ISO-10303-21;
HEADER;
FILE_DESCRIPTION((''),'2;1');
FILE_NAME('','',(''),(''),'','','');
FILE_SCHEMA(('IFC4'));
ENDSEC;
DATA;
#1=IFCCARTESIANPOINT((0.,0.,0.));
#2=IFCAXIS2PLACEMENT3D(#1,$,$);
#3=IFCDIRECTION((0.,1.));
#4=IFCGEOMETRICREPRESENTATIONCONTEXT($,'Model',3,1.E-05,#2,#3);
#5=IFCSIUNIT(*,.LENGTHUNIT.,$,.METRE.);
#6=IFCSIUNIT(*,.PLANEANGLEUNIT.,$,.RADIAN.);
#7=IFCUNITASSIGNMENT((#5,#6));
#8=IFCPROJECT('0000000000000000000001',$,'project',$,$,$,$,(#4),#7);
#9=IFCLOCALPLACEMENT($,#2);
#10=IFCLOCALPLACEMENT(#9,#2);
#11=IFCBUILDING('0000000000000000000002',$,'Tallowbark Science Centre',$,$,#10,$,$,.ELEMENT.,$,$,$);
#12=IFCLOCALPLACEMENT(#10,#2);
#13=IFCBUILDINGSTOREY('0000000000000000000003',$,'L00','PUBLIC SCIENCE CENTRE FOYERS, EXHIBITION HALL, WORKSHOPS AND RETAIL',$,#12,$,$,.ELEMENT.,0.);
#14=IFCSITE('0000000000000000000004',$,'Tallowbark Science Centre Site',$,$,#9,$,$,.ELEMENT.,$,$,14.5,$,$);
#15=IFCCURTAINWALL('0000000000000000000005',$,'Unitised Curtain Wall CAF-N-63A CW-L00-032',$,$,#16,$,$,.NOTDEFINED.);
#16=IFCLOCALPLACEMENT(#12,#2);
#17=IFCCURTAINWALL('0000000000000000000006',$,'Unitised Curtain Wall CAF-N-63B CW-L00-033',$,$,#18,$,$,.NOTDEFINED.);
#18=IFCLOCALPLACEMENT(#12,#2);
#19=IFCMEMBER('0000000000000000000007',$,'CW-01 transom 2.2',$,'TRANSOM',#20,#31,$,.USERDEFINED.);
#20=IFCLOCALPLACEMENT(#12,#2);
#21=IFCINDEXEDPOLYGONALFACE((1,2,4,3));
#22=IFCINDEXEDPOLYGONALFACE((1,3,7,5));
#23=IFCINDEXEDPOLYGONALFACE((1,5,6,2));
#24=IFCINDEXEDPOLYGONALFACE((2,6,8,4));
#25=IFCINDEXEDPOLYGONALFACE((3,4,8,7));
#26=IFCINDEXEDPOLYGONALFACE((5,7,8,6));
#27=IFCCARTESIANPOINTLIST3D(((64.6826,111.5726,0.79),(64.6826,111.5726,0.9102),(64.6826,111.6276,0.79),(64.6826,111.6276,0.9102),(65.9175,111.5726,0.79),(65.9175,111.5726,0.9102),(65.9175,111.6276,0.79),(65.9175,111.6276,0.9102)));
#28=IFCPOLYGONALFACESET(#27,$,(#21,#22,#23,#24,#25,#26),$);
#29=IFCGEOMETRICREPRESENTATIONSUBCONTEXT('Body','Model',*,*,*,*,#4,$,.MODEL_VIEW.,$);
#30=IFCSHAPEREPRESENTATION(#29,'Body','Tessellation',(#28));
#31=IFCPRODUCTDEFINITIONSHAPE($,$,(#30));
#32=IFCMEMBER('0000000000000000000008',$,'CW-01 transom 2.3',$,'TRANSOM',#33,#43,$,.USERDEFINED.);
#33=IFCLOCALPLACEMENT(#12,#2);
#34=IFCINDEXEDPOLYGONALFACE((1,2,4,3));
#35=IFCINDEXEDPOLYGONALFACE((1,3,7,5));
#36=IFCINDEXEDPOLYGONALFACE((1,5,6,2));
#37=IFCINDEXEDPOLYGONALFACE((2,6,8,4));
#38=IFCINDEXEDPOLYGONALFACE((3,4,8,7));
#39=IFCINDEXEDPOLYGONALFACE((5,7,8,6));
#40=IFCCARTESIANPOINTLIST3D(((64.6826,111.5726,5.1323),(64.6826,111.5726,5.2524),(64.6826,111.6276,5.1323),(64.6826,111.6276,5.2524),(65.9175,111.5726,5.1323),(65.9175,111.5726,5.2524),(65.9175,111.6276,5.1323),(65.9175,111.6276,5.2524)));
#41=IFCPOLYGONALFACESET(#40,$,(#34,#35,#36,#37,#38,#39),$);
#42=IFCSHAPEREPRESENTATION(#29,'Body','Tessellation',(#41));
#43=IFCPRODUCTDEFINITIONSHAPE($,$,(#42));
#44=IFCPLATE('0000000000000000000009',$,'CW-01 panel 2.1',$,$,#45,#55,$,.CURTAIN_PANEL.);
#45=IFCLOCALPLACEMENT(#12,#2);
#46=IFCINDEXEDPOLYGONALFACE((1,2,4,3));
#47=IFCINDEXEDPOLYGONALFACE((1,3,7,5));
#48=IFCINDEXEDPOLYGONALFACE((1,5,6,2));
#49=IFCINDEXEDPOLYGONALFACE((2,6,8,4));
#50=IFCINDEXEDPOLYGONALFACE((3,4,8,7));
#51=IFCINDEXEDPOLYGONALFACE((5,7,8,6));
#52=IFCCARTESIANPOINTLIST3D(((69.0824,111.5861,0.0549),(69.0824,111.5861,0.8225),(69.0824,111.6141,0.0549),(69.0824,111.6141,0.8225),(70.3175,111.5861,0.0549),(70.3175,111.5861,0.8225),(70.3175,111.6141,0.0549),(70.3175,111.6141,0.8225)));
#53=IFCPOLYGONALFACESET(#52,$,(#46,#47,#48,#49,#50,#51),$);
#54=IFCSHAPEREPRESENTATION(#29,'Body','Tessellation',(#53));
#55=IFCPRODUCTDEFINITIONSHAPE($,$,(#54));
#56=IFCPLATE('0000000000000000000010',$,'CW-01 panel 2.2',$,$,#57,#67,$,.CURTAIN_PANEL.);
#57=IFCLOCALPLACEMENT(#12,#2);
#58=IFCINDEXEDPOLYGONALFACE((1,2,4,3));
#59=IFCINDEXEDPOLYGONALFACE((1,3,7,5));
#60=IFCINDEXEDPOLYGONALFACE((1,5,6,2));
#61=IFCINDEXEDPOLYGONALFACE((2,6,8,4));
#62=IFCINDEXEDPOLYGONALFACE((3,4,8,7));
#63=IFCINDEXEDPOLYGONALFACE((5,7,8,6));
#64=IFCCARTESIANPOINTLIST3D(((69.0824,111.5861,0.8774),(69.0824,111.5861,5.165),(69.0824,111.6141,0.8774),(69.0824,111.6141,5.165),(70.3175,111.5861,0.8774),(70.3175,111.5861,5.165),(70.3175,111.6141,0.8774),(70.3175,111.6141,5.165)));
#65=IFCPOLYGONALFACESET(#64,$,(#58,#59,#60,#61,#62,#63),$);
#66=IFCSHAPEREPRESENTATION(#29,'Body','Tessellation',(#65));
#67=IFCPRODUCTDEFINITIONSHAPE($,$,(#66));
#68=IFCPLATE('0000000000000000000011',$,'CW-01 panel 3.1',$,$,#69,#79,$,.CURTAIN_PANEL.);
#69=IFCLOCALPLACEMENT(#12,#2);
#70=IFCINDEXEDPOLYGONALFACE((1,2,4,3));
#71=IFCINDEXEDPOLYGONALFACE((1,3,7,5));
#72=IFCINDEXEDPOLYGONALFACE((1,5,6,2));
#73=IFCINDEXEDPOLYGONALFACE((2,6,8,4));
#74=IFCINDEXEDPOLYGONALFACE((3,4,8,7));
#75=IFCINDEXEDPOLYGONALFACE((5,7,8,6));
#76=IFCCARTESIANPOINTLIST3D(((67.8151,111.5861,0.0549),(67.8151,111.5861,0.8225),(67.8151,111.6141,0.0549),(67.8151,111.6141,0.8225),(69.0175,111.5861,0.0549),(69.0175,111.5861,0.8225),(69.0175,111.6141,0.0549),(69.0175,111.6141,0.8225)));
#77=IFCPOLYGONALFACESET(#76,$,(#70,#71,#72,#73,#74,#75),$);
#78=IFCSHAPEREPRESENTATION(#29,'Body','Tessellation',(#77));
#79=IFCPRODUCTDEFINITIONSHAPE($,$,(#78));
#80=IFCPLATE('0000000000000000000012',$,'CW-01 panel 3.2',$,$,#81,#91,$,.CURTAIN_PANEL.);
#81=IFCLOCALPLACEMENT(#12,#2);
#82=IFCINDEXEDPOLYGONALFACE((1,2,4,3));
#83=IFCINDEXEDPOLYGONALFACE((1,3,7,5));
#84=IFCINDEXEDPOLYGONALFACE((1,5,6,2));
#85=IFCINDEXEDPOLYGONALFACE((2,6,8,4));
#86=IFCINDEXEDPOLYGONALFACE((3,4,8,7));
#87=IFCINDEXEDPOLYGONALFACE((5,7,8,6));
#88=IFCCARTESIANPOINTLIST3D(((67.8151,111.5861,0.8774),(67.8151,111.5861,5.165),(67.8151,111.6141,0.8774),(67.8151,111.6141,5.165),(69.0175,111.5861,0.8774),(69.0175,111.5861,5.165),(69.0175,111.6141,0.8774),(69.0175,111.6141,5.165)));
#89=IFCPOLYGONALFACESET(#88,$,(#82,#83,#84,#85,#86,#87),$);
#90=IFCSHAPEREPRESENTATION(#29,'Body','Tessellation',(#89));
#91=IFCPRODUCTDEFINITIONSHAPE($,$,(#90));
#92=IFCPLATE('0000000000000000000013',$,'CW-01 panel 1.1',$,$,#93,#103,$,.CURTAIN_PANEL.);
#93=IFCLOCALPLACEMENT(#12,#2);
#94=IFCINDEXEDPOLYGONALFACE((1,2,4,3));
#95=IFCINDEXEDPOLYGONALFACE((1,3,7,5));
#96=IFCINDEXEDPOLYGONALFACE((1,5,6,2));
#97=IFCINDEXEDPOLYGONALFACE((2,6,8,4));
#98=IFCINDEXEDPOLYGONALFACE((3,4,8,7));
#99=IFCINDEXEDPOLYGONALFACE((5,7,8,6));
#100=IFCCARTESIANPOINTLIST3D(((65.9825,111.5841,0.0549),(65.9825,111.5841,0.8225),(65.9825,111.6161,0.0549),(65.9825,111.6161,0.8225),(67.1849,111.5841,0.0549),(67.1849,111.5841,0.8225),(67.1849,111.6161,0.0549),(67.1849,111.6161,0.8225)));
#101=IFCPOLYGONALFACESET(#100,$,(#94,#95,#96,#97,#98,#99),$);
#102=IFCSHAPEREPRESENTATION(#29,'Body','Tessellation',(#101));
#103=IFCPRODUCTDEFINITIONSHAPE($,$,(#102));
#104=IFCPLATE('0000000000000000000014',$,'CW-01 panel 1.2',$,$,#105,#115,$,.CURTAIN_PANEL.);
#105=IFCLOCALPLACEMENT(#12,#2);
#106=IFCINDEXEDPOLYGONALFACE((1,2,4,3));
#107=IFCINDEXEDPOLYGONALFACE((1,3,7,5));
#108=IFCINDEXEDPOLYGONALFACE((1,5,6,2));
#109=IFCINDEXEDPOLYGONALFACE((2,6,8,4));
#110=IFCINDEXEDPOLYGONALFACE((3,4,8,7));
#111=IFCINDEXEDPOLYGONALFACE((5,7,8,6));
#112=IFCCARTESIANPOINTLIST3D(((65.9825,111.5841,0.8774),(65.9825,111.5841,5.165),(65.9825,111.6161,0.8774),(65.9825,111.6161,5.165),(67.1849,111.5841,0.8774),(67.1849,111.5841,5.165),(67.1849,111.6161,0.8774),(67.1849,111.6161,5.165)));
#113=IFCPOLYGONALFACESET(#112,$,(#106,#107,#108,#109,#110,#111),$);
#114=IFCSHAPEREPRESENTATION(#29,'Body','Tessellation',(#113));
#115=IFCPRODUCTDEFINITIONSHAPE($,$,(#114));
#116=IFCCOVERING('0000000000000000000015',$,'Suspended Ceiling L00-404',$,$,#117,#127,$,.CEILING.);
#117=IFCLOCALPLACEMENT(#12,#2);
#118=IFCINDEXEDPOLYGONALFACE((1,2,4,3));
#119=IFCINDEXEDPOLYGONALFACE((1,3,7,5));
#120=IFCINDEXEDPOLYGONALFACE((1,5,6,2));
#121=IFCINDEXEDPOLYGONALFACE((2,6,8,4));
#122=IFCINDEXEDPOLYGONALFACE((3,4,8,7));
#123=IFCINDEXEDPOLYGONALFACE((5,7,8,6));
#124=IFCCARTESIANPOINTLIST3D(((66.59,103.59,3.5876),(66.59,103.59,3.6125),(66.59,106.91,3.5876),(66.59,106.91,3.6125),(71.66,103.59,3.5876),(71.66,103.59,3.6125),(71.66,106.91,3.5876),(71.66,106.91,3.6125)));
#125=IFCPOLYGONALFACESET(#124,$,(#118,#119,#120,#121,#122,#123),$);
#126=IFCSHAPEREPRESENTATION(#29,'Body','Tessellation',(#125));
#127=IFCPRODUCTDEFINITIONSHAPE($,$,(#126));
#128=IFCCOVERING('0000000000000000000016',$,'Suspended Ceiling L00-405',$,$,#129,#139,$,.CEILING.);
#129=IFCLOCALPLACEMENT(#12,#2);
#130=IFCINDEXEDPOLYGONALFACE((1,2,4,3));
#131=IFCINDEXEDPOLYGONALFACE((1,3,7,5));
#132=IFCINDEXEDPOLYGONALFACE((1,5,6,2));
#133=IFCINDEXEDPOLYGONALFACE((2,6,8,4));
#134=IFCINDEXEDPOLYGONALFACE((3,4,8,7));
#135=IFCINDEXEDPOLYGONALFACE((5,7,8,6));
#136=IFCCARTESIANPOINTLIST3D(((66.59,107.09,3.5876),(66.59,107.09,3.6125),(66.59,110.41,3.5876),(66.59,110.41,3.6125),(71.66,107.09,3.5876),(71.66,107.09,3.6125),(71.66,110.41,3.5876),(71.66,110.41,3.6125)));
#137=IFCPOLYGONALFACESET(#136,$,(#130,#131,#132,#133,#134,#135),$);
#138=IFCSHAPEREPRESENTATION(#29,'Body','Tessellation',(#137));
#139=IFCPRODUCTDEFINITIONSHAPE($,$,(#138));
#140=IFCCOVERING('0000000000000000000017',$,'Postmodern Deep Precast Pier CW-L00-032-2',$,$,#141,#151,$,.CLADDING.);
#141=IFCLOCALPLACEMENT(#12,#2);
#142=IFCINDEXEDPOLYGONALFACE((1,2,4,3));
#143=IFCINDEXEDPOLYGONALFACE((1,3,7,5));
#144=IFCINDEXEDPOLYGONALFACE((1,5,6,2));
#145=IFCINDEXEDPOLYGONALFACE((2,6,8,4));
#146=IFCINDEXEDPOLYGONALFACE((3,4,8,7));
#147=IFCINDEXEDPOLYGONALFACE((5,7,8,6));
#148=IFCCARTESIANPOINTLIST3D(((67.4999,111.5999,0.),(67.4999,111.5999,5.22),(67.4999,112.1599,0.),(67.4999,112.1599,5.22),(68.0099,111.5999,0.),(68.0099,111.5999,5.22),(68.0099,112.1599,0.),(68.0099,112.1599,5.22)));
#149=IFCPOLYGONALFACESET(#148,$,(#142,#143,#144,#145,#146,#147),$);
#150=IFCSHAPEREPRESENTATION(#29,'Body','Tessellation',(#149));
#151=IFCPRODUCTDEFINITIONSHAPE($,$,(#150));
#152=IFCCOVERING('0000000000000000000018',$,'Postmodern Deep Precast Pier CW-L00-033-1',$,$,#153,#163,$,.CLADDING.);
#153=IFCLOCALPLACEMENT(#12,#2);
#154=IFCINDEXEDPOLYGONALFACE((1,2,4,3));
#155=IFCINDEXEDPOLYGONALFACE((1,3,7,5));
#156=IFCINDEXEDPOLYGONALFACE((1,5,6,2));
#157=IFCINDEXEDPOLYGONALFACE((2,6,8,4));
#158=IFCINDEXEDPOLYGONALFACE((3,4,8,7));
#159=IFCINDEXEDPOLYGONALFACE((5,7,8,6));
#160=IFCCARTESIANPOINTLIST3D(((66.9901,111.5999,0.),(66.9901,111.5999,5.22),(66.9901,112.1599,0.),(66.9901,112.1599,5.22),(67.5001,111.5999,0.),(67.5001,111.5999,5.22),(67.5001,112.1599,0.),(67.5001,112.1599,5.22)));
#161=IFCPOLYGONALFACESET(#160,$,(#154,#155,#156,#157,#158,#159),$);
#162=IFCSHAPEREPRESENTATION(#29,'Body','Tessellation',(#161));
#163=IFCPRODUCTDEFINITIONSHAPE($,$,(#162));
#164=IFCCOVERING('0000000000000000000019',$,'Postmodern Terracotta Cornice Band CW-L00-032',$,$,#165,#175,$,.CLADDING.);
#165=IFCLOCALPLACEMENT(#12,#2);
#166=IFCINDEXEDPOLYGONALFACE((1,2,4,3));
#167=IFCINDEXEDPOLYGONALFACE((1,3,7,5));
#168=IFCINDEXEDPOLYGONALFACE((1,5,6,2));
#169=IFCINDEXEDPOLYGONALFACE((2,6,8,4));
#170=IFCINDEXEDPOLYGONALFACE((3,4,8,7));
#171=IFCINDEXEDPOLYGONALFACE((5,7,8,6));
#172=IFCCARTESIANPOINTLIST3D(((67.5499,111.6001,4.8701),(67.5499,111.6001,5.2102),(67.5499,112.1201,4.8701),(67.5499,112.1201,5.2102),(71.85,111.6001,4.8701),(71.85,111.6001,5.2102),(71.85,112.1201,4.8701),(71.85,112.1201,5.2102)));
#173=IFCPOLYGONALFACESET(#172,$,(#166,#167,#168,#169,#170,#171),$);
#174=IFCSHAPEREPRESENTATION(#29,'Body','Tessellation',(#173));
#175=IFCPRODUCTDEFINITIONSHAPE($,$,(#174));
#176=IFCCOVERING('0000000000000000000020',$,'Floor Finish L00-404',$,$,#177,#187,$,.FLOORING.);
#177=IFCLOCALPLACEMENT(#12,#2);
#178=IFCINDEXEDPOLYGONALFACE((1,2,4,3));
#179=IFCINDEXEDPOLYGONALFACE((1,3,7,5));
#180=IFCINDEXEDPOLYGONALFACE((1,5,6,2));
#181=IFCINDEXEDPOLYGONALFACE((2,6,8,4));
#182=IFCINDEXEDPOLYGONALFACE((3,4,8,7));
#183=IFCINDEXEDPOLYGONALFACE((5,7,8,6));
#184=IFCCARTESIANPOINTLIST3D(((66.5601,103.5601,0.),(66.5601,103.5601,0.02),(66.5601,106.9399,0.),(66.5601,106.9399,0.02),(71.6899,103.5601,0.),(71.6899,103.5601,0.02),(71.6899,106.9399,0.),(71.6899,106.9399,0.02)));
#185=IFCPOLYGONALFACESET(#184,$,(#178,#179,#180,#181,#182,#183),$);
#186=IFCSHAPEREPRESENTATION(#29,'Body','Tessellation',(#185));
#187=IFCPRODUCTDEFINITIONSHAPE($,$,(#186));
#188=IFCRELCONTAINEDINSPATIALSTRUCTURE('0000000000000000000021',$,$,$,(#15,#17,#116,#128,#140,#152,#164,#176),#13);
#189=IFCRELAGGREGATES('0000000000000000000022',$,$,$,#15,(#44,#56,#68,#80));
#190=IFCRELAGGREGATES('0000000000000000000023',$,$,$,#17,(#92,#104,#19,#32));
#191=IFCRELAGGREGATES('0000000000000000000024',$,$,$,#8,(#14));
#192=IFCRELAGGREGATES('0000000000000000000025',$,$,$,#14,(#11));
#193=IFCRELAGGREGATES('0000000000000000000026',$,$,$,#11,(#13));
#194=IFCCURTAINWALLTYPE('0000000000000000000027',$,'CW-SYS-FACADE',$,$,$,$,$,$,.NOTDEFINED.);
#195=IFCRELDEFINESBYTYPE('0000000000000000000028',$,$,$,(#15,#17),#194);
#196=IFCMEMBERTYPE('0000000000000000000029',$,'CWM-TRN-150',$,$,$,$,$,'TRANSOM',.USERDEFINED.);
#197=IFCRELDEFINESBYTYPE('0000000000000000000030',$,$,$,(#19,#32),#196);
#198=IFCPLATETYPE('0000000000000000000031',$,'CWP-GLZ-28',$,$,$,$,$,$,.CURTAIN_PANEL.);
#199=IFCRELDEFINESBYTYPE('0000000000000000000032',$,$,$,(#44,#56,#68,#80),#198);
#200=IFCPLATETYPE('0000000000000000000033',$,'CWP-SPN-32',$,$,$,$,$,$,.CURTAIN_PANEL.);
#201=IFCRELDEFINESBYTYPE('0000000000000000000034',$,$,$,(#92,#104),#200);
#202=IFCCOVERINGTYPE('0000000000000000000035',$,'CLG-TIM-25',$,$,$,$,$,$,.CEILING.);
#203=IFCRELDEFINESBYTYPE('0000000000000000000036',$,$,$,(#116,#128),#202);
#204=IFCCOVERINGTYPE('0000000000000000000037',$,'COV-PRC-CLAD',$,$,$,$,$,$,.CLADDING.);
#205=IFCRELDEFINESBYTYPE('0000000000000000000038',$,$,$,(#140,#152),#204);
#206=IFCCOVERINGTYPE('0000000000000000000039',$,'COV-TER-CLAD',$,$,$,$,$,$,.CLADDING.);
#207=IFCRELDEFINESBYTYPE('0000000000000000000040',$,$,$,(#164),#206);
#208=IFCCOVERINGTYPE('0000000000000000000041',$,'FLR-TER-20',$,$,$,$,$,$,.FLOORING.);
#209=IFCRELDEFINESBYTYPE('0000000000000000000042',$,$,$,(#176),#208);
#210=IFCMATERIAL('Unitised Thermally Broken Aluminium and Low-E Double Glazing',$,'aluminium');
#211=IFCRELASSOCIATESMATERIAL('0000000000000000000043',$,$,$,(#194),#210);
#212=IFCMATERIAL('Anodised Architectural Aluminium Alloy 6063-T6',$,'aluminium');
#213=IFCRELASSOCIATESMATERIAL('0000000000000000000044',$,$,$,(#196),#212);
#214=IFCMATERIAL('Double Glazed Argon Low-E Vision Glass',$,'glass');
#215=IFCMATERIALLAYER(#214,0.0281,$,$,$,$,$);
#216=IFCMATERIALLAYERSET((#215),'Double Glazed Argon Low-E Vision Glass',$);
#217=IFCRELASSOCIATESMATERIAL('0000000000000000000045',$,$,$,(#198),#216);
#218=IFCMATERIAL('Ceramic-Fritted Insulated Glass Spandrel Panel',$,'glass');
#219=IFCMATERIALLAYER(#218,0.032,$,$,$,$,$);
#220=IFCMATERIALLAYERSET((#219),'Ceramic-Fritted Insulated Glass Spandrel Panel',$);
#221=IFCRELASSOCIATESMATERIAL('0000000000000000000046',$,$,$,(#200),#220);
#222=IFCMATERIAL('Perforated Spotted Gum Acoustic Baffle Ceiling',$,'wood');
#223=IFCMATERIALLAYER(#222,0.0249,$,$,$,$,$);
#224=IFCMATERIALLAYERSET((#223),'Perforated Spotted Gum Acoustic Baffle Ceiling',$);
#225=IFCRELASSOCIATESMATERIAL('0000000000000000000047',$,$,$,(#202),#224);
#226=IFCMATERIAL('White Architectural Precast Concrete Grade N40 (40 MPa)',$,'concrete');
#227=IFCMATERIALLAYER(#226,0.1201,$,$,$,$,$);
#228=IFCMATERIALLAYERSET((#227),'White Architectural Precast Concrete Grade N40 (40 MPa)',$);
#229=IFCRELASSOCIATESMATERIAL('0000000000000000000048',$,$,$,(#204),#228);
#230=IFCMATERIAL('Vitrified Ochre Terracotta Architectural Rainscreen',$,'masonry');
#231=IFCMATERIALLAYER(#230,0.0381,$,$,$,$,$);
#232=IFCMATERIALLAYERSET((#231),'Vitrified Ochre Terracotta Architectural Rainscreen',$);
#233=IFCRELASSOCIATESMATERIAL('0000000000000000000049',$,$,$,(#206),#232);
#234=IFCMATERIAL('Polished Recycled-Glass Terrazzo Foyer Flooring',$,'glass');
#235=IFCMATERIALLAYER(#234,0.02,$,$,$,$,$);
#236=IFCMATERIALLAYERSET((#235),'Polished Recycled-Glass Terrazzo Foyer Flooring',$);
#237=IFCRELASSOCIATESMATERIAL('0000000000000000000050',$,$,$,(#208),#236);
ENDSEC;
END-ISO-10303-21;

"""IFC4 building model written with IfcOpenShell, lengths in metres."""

from ifc_helpers import new_model, si_unit, direction, frame, origin, origin_2d, place, context, subcontext, project, spatial, rectangle, extrude, material, layer, layer_set, material_profile, profile_set, type_object, element, aggregate, save


model = new_model("IFC4")

# Units and contexts
model_context = context("Model", 3, precision=1e-05, world=origin(), true_north=direction((0.0, 1.0)))
body_context = subcontext(model_context, "Body", "Model", "MODEL_VIEW")
ifc_project = project(units=[si_unit("LENGTHUNIT", "METRE"), si_unit("PLANEANGLEUNIT", "RADIAN")], contexts=[model_context])

# Site, building, storey
site_placement = place(None, origin())
site = spatial("IfcSite", under=ifc_project, at=site_placement, Name="Tallowbark Science Centre Site", CompositionType="ELEMENT", RefElevation=14.5)
building_placement = place(site_placement, origin())
building = spatial("IfcBuilding", under=site, at=building_placement, Name="Tallowbark Science Centre", CompositionType="ELEMENT")
storey_placement = place(building_placement, origin())
storey = spatial("IfcBuildingStorey", under=building, at=storey_placement, Name="L00", Description="PUBLIC SCIENCE CENTRE FOYERS, EXHIBITION HALL, WORKSHOPS AND RETAIL", CompositionType="ELEMENT", Elevation=0.0)

# Curtain walls
ifc_material_1 = material(Name="Unitised Thermally Broken Aluminium and Low-E Double Glazing", Category="aluminium")
curtain_wall_type = type_object("IfcCurtainWallType", Name="CW-SYS-FACADE", PredefinedType="NOTDEFINED", material=ifc_material_1)
curtain_wall_1_placement = place(storey_placement, origin())
curtain_wall_1 = element("IfcCurtainWall", 1, at=curtain_wall_1_placement, inside=storey, type_object=curtain_wall_type, Name="Unitised Curtain Wall CAF-N-63A CW-L00-032", PredefinedType="NOTDEFINED")
ifc_material_2 = material(Name="Anodised Architectural Aluminium Alloy 6063-T6", Category="aluminium")
curtain_wall_2_placement = place(storey_placement, origin())
curtain_wall_2 = element("IfcCurtainWall", 2, at=curtain_wall_2_placement, inside=storey, type_object=curtain_wall_type, Name="Unitised Curtain Wall CAF-N-63B CW-L00-033", PredefinedType="NOTDEFINED")

# Members
ifc_material_profile_1 = material_profile(ifc_material_2, rectangle(XDim=0.0549, YDim=0.1201, at=origin_2d()), Name="ALU55x120")
ifc_profile_set_1 = profile_set([ifc_material_profile_1], Name="Anodised Architectural Aluminium Alloy 6063-T6")
member_type_1 = type_object("IfcMemberType", Name="CWM-TRN-150", ElementType="TRANSOM", PredefinedType="USERDEFINED", material=ifc_profile_set_1)
member_1_placement = place(storey_placement, frame((65.9175, 111.6001, 0.8501), z_axis=(-1.0, 0.0, 0.0), x_axis=(0.0, -1.0, 0.0)))
member_1 = element("IfcMember", 3, at=member_1_placement, type_object=member_type_1, Name="CW-01 transom 2.2", ObjectType="TRANSOM", PredefinedType="USERDEFINED", context=body_context, shape_type="SweptSolid", body=[
    extrude(rectangle(XDim=0.0549, YDim=0.1201, at=origin_2d()), origin(), (0.0, 0.0, 1.0), 1.2349),
])
member_2_placement = place(storey_placement, frame((65.9175, 111.6001, 5.1924), z_axis=(-1.0, 0.0, 0.0), x_axis=(0.0, -1.0, 0.0)))
member_2 = element("IfcMember", 4, at=member_2_placement, type_object=member_type_1, Name="CW-01 transom 2.3", ObjectType="TRANSOM", PredefinedType="USERDEFINED", context=body_context, shape_type="SweptSolid", body=[
    extrude(rectangle(XDim=0.0549, YDim=0.1201, at=origin_2d()), origin(), (0.0, 0.0, 1.0), 1.2349),
])

# Plates
ifc_material_3 = material(Name="Double Glazed Argon Low-E Vision Glass", Category="glass")
ifc_layer_1 = layer(ifc_material_3, 0.0281)
ifc_layer_set_1 = layer_set([ifc_layer_1], Name="Double Glazed Argon Low-E Vision Glass")
plate_type_1 = type_object("IfcPlateType", Name="CWP-GLZ-28", PredefinedType="CURTAIN_PANEL", material=ifc_layer_set_1)
plate_1_placement = place(storey_placement, frame((69.7, 111.6001, 0.0549), z_axis=(0.0, 0.0, 1.0), x_axis=(-1.0, 0.0, 0.0)))
plate_1 = element("IfcPlate", 5, at=plate_1_placement, type_object=plate_type_1, Name="CW-01 panel 2.1", PredefinedType="CURTAIN_PANEL", context=body_context, shape_type="SweptSolid", body=[
    extrude(rectangle(XDim=1.2351, YDim=0.0281, at=origin_2d()), origin(), (0.0, 0.0, 1.0), 0.7676),
])
plate_2_placement = place(storey_placement, frame((69.7, 111.6001, 0.8774), z_axis=(0.0, 0.0, 1.0), x_axis=(-1.0, 0.0, 0.0)))
plate_2 = element("IfcPlate", 6, at=plate_2_placement, type_object=plate_type_1, Name="CW-01 panel 2.2", PredefinedType="CURTAIN_PANEL", context=body_context, shape_type="SweptSolid", body=[
    extrude(rectangle(XDim=1.2351, YDim=0.0281, at=origin_2d()), origin(), (0.0, 0.0, 1.0), 4.2876),
])
plate_3_placement = place(storey_placement, frame((68.4163, 111.6001, 0.0549), z_axis=(0.0, 0.0, 1.0), x_axis=(-1.0, 0.0, 0.0)))
plate_3 = element("IfcPlate", 7, at=plate_3_placement, type_object=plate_type_1, Name="CW-01 panel 3.1", PredefinedType="CURTAIN_PANEL", context=body_context, shape_type="SweptSolid", body=[
    extrude(rectangle(XDim=1.2024, YDim=0.0281, at=origin_2d()), origin(), (0.0, 0.0, 1.0), 0.7676),
])
plate_4_placement = place(storey_placement, frame((68.4163, 111.6001, 0.8774), z_axis=(0.0, 0.0, 1.0), x_axis=(-1.0, 0.0, 0.0)))
plate_4 = element("IfcPlate", 8, at=plate_4_placement, type_object=plate_type_1, Name="CW-01 panel 3.2", PredefinedType="CURTAIN_PANEL", context=body_context, shape_type="SweptSolid", body=[
    extrude(rectangle(XDim=1.2024, YDim=0.0281, at=origin_2d()), origin(), (0.0, 0.0, 1.0), 4.2876),
])
aggregate(curtain_wall_1, [plate_1, plate_2, plate_3, plate_4])
ifc_material_4 = material(Name="Ceramic-Fritted Insulated Glass Spandrel Panel", Category="glass")
ifc_layer_2 = layer(ifc_material_4, 0.032)
ifc_layer_set_2 = layer_set([ifc_layer_2], Name="Ceramic-Fritted Insulated Glass Spandrel Panel")
plate_type_2 = type_object("IfcPlateType", Name="CWP-SPN-32", PredefinedType="CURTAIN_PANEL", material=ifc_layer_set_2)
plate_5_placement = place(storey_placement, frame((66.5837, 111.6001, 0.0549), z_axis=(0.0, 0.0, 1.0), x_axis=(-1.0, 0.0, 0.0)))
plate_5 = element("IfcPlate", 9, at=plate_5_placement, type_object=plate_type_2, Name="CW-01 panel 1.1", PredefinedType="CURTAIN_PANEL", context=body_context, shape_type="SweptSolid", body=[
    extrude(rectangle(XDim=1.2024, YDim=0.032, at=origin_2d()), origin(), (0.0, 0.0, 1.0), 0.7676),
])
plate_6_placement = place(storey_placement, frame((66.5837, 111.6001, 0.8774), z_axis=(0.0, 0.0, 1.0), x_axis=(-1.0, 0.0, 0.0)))
plate_6 = element("IfcPlate", 10, at=plate_6_placement, type_object=plate_type_2, Name="CW-01 panel 1.2", PredefinedType="CURTAIN_PANEL", context=body_context, shape_type="SweptSolid", body=[
    extrude(rectangle(XDim=1.2024, YDim=0.032, at=origin_2d()), origin(), (0.0, 0.0, 1.0), 4.2876),
])
aggregate(curtain_wall_2, [plate_5, plate_6, member_1, member_2])

# Coverings
ifc_material_5 = material(Name="Perforated Spotted Gum Acoustic Baffle Ceiling", Category="wood")
ifc_layer_3 = layer(ifc_material_5, 0.0249)
ifc_layer_set_3 = layer_set([ifc_layer_3], Name="Perforated Spotted Gum Acoustic Baffle Ceiling")
covering_type_1 = type_object("IfcCoveringType", Name="CLG-TIM-25", PredefinedType="CEILING", material=ifc_layer_set_3)
for number, where, z_axis, x_axis, name in (
    (11, (69.125, 105.25, 3.5876), (0.0, 0.0, 1.0), (1.0, 0.0, 0.0), "Suspended Ceiling L00-404"),
    (12, (69.125, 108.75, 3.5876), (0.0, 0.0, 1.0), (1.0, 0.0, 0.0), "Suspended Ceiling L00-405"),
):
    element("IfcCovering", number, at=place(storey_placement, frame(where, z_axis=z_axis, x_axis=x_axis)), inside=storey, type_object=covering_type_1, Name=name, PredefinedType="CEILING", context=body_context, shape_type="SweptSolid", body=[
        extrude(rectangle(XDim=5.0701, YDim=3.3201, at=origin_2d()), origin(), (0.0, 0.0, 1.0), 0.0249),
    ])
ifc_material_6 = material(Name="White Architectural Precast Concrete Grade N40 (40 MPa)", Category="concrete")
ifc_layer_4 = layer(ifc_material_6, 0.1201)
ifc_layer_set_4 = layer_set([ifc_layer_4], Name="White Architectural Precast Concrete Grade N40 (40 MPa)")
covering_type_2 = type_object("IfcCoveringType", Name="COV-PRC-CLAD", PredefinedType="CLADDING", material=ifc_layer_set_4)
for number, where, z_axis, x_axis, name in (
    (13, (67.7549, 111.8799, 0.0), (0.0, 0.0, 1.0), (-1.0, 0.0, 0.0), "Postmodern Deep Precast Pier CW-L00-032-2"),
    (14, (67.2451, 111.8799, 0.0), (0.0, 0.0, 1.0), (-1.0, 0.0, 0.0), "Postmodern Deep Precast Pier CW-L00-033-1"),
):
    element("IfcCovering", number, at=place(storey_placement, frame(where, z_axis=z_axis, x_axis=x_axis)), inside=storey, type_object=covering_type_2, Name=name, PredefinedType="CLADDING", context=body_context, shape_type="SweptSolid", body=[
        extrude(rectangle(XDim=0.51, YDim=0.5601, at=origin_2d()), origin(), (0.0, 0.0, 1.0), 5.22),
    ])
ifc_material_7 = material(Name="Vitrified Ochre Terracotta Architectural Rainscreen", Category="masonry")
ifc_layer_5 = layer(ifc_material_7, 0.0381)
ifc_layer_set_5 = layer_set([ifc_layer_5], Name="Vitrified Ochre Terracotta Architectural Rainscreen")
covering_type_3 = type_object("IfcCoveringType", Name="COV-TER-CLAD", PredefinedType="CLADDING", material=ifc_layer_set_5)
covering_placement = place(storey_placement, frame((69.7, 111.8601, 4.8701), z_axis=(0.0, 0.0, 1.0), x_axis=(-1.0, 0.0, 0.0)))
element("IfcCovering", 15, at=covering_placement, inside=storey, type_object=covering_type_3, Name="Postmodern Terracotta Cornice Band CW-L00-032", PredefinedType="CLADDING", context=body_context, shape_type="SweptSolid", body=[
    extrude(rectangle(XDim=4.3, YDim=0.52, at=origin_2d()), origin(), (0.0, 0.0, 1.0), 0.3401),
])
ifc_material_8 = material(Name="Polished Recycled-Glass Terrazzo Foyer Flooring", Category="glass")
ifc_layer_6 = layer(ifc_material_8, 0.02)
ifc_layer_set_6 = layer_set([ifc_layer_6], Name="Polished Recycled-Glass Terrazzo Foyer Flooring")
covering_type_4 = type_object("IfcCoveringType", Name="FLR-TER-20", PredefinedType="FLOORING", material=ifc_layer_set_6)
for number, where, z_axis, x_axis, name in (
    (16, (69.125, 105.25, 0.0), (0.0, 0.0, 1.0), (1.0, 0.0, 0.0), "Floor Finish L00-404"),
):
    element("IfcCovering", number, at=place(storey_placement, frame(where, z_axis=z_axis, x_axis=x_axis)), inside=storey, type_object=covering_type_4, Name=name, PredefinedType="FLOORING", context=body_context, shape_type="SweptSolid", body=[
        extrude(rectangle(XDim=5.1299, YDim=3.3799, at=origin_2d()), origin(), (0.0, 0.0, 1.0), 0.02),
    ])

save(model, "model.ifc")
